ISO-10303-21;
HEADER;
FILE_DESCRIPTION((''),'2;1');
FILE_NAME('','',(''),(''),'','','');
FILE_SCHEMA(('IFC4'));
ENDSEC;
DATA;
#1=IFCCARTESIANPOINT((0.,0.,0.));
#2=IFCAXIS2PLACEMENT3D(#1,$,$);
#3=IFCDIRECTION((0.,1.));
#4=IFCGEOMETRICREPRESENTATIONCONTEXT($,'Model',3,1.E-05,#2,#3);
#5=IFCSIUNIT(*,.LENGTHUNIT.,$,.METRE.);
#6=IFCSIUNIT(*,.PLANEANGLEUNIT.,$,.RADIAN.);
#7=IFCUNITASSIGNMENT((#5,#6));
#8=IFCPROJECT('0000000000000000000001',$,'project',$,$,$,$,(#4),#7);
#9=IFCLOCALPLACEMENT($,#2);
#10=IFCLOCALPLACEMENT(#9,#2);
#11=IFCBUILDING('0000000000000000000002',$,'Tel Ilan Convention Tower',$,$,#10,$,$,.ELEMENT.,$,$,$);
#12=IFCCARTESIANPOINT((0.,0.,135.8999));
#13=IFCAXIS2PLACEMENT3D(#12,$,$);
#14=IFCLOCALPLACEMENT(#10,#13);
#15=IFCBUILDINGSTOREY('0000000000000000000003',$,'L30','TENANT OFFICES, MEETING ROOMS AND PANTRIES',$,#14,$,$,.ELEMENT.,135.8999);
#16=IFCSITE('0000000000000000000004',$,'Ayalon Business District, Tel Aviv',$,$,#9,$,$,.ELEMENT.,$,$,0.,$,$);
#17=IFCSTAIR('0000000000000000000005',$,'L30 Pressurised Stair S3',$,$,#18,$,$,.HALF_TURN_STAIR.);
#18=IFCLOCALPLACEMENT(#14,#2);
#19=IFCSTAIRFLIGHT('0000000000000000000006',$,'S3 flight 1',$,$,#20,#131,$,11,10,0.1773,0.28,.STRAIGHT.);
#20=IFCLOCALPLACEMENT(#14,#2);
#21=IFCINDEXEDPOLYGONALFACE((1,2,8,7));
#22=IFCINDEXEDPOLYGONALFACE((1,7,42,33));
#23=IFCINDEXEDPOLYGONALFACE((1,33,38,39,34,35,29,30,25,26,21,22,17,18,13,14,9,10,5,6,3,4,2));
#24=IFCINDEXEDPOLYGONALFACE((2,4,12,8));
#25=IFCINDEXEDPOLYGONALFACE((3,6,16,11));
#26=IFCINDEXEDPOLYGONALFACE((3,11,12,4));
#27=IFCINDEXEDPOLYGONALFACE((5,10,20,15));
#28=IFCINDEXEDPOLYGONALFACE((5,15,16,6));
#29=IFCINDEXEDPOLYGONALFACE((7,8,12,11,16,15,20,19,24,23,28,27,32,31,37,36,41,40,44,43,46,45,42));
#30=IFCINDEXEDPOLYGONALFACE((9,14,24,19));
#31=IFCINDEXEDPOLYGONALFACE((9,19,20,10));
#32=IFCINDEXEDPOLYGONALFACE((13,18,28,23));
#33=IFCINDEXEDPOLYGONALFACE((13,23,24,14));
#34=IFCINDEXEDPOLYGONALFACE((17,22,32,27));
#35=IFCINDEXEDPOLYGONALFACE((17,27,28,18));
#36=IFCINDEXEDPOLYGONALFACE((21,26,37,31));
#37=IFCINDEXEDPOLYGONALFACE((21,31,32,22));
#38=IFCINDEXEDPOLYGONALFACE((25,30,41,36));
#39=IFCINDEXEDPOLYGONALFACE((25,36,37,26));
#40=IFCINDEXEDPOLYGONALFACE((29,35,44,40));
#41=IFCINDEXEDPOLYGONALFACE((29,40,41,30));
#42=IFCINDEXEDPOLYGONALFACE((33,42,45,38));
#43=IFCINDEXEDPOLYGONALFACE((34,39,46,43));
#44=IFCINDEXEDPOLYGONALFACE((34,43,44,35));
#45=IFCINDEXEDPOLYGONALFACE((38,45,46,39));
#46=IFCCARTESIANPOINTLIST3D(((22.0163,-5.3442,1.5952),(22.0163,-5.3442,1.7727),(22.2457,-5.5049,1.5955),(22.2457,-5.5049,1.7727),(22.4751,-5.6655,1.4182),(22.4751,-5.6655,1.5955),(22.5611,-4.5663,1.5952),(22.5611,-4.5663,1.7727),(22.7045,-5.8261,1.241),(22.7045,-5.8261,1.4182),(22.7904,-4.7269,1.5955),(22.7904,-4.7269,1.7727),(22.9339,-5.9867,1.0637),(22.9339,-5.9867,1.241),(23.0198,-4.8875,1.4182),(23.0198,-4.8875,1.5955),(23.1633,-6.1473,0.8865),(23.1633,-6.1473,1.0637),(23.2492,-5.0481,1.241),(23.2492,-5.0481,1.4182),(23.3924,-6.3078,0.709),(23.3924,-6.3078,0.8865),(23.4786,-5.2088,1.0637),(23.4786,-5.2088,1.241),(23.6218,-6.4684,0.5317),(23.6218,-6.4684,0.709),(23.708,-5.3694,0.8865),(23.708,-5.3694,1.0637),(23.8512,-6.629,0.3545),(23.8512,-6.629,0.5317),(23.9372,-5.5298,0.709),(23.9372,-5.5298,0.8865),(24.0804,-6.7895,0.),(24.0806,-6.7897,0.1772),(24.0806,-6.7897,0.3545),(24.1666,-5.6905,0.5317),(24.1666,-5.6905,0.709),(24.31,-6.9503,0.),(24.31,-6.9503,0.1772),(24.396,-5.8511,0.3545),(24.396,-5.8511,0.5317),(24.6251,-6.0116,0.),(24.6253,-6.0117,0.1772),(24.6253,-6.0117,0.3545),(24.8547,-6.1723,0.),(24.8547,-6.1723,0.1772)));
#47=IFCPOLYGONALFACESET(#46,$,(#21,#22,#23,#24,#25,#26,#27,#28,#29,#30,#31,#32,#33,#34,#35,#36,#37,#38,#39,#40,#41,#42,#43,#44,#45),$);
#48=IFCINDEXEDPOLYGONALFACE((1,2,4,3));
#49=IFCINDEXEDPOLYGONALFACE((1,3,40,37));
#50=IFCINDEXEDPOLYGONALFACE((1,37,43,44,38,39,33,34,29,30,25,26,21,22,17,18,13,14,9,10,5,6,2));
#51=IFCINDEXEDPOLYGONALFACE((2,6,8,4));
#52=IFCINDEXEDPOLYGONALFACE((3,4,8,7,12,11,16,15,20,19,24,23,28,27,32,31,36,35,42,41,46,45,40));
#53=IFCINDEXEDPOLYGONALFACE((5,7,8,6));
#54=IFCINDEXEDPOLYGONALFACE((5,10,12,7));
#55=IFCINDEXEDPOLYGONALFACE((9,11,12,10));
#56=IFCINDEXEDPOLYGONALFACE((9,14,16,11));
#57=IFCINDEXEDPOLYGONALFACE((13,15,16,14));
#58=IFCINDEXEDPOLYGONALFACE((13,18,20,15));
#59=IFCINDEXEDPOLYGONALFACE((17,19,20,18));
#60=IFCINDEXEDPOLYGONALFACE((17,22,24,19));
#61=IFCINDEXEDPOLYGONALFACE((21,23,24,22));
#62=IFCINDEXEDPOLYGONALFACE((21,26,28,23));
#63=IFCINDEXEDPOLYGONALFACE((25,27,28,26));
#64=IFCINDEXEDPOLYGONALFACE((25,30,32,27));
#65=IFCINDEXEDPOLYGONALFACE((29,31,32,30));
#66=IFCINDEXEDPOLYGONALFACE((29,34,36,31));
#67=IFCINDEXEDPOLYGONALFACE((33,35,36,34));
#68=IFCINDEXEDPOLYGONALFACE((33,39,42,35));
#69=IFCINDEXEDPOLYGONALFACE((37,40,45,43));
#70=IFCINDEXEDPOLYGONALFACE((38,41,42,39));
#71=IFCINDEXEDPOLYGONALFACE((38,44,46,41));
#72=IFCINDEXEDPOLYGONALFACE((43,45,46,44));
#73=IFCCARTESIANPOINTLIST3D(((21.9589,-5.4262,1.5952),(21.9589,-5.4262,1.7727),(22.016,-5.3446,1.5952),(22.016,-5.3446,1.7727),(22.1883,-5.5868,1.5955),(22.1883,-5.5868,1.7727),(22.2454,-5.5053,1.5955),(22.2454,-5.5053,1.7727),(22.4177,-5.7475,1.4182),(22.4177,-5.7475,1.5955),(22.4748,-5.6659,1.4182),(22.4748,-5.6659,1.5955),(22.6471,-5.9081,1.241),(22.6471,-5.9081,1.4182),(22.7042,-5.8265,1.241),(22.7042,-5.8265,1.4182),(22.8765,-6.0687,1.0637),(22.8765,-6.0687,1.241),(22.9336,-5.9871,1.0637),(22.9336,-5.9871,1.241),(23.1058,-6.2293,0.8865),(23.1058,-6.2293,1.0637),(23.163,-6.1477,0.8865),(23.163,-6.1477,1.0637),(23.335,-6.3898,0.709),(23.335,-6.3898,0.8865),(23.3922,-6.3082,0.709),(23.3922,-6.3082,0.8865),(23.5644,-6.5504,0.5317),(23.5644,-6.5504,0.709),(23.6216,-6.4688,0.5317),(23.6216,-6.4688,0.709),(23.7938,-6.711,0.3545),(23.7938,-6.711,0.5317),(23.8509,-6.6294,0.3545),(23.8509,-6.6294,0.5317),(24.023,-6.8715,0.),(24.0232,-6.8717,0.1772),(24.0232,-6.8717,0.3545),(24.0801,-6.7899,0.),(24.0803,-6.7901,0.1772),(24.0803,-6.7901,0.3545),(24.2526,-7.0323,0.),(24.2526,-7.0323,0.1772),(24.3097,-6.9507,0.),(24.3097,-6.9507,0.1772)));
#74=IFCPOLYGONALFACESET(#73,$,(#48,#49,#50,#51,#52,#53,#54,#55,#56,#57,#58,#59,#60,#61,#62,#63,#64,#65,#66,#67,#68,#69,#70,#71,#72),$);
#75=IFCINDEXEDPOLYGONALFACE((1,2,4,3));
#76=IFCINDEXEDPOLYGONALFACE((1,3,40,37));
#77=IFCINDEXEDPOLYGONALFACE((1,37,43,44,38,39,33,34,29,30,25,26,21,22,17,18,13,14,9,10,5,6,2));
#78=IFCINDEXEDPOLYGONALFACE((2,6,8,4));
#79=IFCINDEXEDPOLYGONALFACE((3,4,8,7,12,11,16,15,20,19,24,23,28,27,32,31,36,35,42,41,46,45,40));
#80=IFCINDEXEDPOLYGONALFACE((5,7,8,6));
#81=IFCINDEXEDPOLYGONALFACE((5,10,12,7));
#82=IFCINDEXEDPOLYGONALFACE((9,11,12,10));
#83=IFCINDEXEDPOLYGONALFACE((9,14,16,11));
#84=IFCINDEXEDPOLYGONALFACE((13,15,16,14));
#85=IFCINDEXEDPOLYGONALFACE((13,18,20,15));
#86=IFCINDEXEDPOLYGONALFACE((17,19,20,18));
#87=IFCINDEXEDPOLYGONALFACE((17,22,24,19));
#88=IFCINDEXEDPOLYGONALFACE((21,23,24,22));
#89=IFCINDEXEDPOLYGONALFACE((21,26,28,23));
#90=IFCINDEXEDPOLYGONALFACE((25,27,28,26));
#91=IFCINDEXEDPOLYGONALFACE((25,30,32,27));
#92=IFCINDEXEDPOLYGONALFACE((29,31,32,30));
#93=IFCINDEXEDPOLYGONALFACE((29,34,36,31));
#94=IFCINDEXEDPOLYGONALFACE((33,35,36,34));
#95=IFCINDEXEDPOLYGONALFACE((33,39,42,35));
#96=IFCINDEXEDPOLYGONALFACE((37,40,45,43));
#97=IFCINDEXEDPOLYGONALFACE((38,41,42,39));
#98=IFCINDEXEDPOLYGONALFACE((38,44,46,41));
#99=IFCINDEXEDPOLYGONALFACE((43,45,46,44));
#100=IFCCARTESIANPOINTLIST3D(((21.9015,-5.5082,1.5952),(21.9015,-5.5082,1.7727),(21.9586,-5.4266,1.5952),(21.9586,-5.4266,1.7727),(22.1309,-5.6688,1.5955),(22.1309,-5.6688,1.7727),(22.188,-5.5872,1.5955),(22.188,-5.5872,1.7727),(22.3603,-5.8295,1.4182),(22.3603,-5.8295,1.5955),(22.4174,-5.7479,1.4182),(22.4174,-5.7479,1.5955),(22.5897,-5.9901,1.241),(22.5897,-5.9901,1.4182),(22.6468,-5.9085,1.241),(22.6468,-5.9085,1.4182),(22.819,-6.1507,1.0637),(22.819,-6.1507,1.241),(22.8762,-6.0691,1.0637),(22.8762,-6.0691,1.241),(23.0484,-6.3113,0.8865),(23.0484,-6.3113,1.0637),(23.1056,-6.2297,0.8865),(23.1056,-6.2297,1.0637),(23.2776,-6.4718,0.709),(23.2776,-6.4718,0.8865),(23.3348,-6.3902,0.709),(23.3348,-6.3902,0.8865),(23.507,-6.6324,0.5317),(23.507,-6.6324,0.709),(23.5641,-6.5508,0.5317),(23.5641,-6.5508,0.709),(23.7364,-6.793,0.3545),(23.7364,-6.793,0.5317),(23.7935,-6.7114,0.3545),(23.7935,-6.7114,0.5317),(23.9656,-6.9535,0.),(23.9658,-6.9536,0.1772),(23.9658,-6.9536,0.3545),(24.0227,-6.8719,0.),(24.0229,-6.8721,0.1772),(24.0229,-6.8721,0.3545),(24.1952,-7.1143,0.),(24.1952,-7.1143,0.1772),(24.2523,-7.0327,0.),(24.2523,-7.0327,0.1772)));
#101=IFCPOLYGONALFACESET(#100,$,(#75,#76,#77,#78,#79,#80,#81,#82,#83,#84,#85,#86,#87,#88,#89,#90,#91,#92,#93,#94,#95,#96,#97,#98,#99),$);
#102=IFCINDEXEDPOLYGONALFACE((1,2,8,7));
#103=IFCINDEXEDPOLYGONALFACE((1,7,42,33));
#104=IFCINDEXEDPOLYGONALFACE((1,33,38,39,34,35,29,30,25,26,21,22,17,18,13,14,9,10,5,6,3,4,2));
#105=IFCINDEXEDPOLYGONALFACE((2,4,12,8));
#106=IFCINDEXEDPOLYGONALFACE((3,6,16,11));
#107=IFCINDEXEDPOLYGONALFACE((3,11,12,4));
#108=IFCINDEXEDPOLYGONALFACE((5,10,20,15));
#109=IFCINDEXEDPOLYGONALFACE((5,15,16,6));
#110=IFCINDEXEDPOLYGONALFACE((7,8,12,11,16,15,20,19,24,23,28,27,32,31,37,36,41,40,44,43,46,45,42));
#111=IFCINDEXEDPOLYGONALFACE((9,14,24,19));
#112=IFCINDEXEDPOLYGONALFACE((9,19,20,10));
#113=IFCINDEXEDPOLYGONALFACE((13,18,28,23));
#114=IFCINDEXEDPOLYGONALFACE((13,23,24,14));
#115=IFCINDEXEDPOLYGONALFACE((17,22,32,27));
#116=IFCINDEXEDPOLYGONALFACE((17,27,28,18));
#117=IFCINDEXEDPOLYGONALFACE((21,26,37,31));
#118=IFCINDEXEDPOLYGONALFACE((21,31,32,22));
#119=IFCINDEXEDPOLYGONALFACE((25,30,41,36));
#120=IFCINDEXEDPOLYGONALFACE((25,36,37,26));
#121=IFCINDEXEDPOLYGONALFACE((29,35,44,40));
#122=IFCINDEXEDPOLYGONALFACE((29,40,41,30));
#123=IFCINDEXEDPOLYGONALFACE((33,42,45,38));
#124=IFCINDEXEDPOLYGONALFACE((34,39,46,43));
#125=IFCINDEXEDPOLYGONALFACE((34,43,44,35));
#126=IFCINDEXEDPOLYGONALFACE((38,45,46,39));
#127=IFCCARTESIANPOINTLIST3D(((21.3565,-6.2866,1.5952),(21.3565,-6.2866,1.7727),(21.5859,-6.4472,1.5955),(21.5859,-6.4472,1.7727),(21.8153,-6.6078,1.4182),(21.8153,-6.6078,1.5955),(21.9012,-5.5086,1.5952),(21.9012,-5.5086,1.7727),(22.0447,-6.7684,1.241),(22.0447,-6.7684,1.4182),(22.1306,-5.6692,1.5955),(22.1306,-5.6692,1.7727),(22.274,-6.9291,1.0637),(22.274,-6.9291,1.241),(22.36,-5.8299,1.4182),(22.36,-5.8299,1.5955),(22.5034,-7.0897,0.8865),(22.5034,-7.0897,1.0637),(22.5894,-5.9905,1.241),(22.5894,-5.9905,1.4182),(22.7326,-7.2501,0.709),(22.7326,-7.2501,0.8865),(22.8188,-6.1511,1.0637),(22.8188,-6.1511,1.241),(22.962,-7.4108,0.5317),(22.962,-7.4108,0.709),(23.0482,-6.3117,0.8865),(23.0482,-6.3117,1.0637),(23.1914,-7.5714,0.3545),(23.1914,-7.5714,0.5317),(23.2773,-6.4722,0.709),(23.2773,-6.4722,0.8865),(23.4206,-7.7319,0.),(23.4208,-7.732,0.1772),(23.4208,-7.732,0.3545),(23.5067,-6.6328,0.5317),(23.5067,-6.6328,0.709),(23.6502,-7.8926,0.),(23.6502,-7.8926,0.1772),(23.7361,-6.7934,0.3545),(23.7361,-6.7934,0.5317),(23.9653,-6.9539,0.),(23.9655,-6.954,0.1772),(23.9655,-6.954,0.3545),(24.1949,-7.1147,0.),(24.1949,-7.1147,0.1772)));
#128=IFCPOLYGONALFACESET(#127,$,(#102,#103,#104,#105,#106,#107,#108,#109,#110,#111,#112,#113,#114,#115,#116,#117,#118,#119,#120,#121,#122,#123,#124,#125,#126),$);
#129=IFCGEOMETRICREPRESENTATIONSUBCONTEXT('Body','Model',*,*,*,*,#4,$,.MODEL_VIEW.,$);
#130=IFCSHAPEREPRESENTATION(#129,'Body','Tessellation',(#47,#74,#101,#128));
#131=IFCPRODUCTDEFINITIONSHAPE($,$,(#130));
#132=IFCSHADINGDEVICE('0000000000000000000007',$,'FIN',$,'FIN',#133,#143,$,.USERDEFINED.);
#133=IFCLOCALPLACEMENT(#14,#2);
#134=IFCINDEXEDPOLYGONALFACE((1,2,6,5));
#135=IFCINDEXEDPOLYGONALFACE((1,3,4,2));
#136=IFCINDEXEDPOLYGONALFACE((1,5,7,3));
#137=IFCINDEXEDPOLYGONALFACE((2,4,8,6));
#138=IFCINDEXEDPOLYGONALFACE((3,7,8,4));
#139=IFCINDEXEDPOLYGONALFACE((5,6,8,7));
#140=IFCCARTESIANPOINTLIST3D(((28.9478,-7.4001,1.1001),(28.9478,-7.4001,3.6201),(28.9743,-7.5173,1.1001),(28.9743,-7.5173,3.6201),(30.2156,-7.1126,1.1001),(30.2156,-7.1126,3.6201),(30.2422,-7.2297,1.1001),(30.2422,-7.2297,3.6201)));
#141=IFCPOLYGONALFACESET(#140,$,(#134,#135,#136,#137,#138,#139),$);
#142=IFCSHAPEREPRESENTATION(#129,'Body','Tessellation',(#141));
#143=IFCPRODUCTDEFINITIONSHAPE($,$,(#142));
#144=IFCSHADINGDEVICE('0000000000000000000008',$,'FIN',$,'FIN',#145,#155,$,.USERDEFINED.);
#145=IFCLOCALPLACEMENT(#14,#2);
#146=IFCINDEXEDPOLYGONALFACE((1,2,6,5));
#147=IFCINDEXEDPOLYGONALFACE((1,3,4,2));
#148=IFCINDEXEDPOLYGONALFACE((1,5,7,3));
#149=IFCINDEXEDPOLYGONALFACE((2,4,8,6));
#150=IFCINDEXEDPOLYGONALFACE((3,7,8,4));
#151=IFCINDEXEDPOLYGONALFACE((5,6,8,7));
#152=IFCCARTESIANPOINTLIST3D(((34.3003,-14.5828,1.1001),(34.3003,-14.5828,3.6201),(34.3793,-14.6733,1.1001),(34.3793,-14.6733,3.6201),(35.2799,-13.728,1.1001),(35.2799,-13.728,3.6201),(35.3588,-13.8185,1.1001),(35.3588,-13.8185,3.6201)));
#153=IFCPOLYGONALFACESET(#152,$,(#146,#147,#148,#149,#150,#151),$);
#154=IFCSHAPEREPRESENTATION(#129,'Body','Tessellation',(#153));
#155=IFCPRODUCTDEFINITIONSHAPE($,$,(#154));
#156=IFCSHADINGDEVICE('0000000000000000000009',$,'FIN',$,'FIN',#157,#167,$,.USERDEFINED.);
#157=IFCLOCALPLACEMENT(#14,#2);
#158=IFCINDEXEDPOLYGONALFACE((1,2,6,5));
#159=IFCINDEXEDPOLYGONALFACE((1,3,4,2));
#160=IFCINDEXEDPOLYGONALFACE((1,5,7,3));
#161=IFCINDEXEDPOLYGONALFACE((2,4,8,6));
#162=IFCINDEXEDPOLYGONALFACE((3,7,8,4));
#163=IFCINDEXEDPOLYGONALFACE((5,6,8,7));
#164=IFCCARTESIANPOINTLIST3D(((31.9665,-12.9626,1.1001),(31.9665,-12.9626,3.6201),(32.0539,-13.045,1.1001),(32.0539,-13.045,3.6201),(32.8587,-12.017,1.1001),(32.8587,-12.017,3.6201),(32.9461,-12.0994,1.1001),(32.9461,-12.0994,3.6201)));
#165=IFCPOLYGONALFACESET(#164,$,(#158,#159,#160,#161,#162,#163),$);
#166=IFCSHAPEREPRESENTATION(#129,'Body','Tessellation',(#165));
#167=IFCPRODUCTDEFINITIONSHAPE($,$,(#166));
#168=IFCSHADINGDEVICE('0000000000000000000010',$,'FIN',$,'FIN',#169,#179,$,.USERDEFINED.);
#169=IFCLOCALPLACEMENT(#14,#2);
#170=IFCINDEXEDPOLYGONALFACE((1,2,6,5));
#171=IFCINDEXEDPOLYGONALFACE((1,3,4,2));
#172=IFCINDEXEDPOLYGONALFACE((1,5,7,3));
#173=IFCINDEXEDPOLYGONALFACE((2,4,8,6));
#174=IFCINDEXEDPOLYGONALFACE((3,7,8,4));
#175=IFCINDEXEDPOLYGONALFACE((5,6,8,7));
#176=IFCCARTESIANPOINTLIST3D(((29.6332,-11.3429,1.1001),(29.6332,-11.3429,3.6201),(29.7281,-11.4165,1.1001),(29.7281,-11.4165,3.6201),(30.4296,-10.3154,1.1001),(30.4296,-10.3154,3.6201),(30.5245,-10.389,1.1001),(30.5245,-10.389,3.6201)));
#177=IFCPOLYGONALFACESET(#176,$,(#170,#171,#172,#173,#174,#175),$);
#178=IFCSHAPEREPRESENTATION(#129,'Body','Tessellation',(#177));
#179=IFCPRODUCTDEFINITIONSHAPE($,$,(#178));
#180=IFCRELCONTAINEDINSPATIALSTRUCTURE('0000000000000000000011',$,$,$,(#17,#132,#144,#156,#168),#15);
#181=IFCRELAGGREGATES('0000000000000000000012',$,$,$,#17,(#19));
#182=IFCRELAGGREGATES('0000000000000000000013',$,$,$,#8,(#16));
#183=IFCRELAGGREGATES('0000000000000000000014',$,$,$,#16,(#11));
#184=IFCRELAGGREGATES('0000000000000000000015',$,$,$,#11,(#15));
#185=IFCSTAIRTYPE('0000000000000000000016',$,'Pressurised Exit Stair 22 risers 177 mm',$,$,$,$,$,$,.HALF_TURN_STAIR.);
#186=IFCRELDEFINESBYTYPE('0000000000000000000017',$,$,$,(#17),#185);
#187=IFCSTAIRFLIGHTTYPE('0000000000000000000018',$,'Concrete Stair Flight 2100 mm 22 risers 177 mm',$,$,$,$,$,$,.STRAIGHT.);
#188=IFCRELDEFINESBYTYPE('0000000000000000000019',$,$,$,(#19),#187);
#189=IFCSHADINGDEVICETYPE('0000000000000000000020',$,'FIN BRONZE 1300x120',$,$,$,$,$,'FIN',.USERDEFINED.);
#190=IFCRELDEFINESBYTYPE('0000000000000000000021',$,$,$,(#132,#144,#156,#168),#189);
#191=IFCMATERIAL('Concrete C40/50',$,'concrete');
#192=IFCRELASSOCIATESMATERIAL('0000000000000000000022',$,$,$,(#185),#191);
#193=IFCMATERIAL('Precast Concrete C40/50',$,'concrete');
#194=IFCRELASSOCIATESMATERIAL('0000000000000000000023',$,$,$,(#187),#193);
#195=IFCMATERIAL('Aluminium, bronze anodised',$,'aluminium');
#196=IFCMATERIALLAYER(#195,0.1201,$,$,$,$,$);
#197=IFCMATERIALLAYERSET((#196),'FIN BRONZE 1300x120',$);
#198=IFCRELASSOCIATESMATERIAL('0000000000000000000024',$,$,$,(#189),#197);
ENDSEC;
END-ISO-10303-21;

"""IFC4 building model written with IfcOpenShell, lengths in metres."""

from ifc_helpers import new_model, si_unit, direction, frame, origin, origin_2d, place, context, subcontext, project, spatial, polyline, rectangle, outline, extrude, material, layer, layer_set, type_object, element, aggregate, save


model = new_model("IFC4")

# Units and contexts
model_context = context("Model", 3, precision=1e-05, world=origin(), true_north=direction((0.0, 1.0)))
body_context = subcontext(model_context, "Body", "Model", "MODEL_VIEW")
ifc_project = project(units=[si_unit("LENGTHUNIT", "METRE"), si_unit("PLANEANGLEUNIT", "RADIAN")], contexts=[model_context])

# Site, building, storey
site_placement = place(None, origin())
site = spatial("IfcSite", under=ifc_project, at=site_placement, Name="Ayalon Business District, Tel Aviv", CompositionType="ELEMENT", RefElevation=0.0)
building_placement = place(site_placement, origin())
building = spatial("IfcBuilding", under=site, at=building_placement, Name="Tel Ilan Convention Tower", CompositionType="ELEMENT")
storey_placement = place(building_placement, frame((0.0, 0.0, 135.8999)))
storey = spatial("IfcBuildingStorey", under=building, at=storey_placement, Name="L30", Description="TENANT OFFICES, MEETING ROOMS AND PANTRIES", CompositionType="ELEMENT", Elevation=135.8999)

# Stair, stair flight
ifc_material_1 = material(Name="Concrete C40/50", Category="concrete")
stair_type = type_object("IfcStairType", Name="Pressurised Exit Stair 22 risers 177 mm", PredefinedType="HALF_TURN_STAIR", material=ifc_material_1)
stair_placement = place(storey_placement, origin())
stair = element("IfcStair", 1, at=stair_placement, inside=storey, type_object=stair_type, Name="L30 Pressurised Stair S3", PredefinedType="HALF_TURN_STAIR")
ifc_material_2 = material(Name="Precast Concrete C40/50", Category="concrete")
stair_flight_type = type_object("IfcStairFlightType", Name="Concrete Stair Flight 2100 mm 22 risers 177 mm", PredefinedType="STRAIGHT", material=ifc_material_2)
stair_flight_placement = place(storey_placement, frame((24.2524, -7.0325, 0.0), z_axis=(0.0, 0.0, 1.0), x_axis=(-0.819152, 0.573576, 0.0)))
stair_flight = element("IfcStairFlight", 2, at=stair_flight_placement, type_object=stair_flight_type, Name="S3 flight 1", NumberOfRisers=11, NumberOfTreads=10, PredefinedType="STRAIGHT", RiserHeight=0.1773, TreadLength=0.28, context=body_context, shape_type="SweptSolid", body=[
    extrude(outline(polyline([(0.0, 0.0), (0.0, 0.1772), (0.28, 0.1772), (0.28, 0.3545), (0.5601, 0.3545), (0.5601, 0.5317), (0.8401, 0.5317), (0.8401, 0.709), (1.1201, 0.709), (1.1201, 0.8865), (1.3999, 0.8865), (1.3999, 1.0637), (1.6799, 1.0637), (1.6799, 1.241), (1.96, 1.241), (1.96, 1.4182), (2.24, 1.4182), (2.24, 1.5955), (2.52, 1.5955), (2.52, 1.7727), (2.8, 1.7727), (2.8, 1.95), (2.8, 1.5952), (0.2803, 0.0), (0.0, 0.0)])), frame((0.0, -0.1003, 0.0), z_axis=(0.0, -1.0, 0.0), x_axis=(1.0, 0.0, 0.0)), (0.0, 0.0, 1.0), 0.9497),
    extrude(outline(polyline([(0.0, 0.0), (0.0, 0.1772), (0.28, 0.1772), (0.28, 0.3545), (0.5601, 0.3545), (0.5601, 0.5317), (0.8401, 0.5317), (0.8401, 0.709), (1.1201, 0.709), (1.1201, 0.8865), (1.3999, 0.8865), (1.3999, 1.0637), (1.6799, 1.0637), (1.6799, 1.241), (1.96, 1.241), (1.96, 1.4182), (2.24, 1.4182), (2.24, 1.5955), (2.52, 1.5955), (2.52, 1.7727), (2.8, 1.7727), (2.8, 1.95), (2.8, 1.5952), (0.2803, 0.0), (0.0, 0.0)])), frame((0.0, -0.0002, 0.0), z_axis=(0.0, -1.0, 0.0), x_axis=(1.0, 0.0, 0.0)), (0.0, 0.0, 1.0), 0.0996),
    extrude(outline(polyline([(0.0, 0.0), (0.0, 0.1772), (0.28, 0.1772), (0.28, 0.3545), (0.5601, 0.3545), (0.5601, 0.5317), (0.8401, 0.5317), (0.8401, 0.709), (1.1201, 0.709), (1.1201, 0.8865), (1.3999, 0.8865), (1.3999, 1.0637), (1.6799, 1.0637), (1.6799, 1.241), (1.96, 1.241), (1.96, 1.4182), (2.24, 1.4182), (2.24, 1.5955), (2.52, 1.5955), (2.52, 1.7727), (2.8, 1.7727), (2.8, 1.95), (2.8, 1.5952), (0.2803, 0.0), (0.0, 0.0)])), frame((0.0, 0.0999, 0.0), z_axis=(0.0, -1.0, 0.0), x_axis=(1.0, 0.0, 0.0)), (0.0, 0.0, 1.0), 0.0996),
    extrude(outline(polyline([(0.0, 0.0), (0.0, 0.1772), (0.28, 0.1772), (0.28, 0.3545), (0.5601, 0.3545), (0.5601, 0.5317), (0.8401, 0.5317), (0.8401, 0.709), (1.1201, 0.709), (1.1201, 0.8865), (1.3999, 0.8865), (1.3999, 1.0637), (1.6799, 1.0637), (1.6799, 1.241), (1.96, 1.241), (1.96, 1.4182), (2.24, 1.4182), (2.24, 1.5955), (2.52, 1.5955), (2.52, 1.7727), (2.8, 1.7727), (2.8, 1.95), (2.8, 1.5952), (0.2803, 0.0), (0.0, 0.0)])), frame((0.0, 1.05, 0.0), z_axis=(0.0, -1.0, 0.0), x_axis=(1.0, 0.0, 0.0)), (0.0, 0.0, 1.0), 0.9497),
])
aggregate(stair, [stair_flight])

# Shading devices
ifc_material_3 = material(Name="Aluminium, bronze anodised", Category="aluminium")
ifc_layer_1 = layer(ifc_material_3, 0.1201)
ifc_layer_set_1 = layer_set([ifc_layer_1], Name="FIN BRONZE 1300x120")
shading_device_type = type_object("IfcShadingDeviceType", Name="FIN BRONZE 1300x120", ElementType="FIN", PredefinedType="USERDEFINED", material=ifc_layer_set_1)
for number, where, z_axis, x_axis, name in (
    (3, (29.595, -7.3149, 1.1001), (0.0, 0.0, 1.0), (0.975235, 0.22117, 0.0), "FIN"),
    (4, (34.8296, -14.2007, 1.1001), (0.0, 0.0, 1.0), (0.753436, 0.657521, 0.0), "FIN"),
    (5, (32.4563, -12.531, 1.1001), (0.0, 0.0, 1.0), (0.686242, 0.727374, 0.0), "FIN"),
    (6, (30.0789, -10.866, 1.1001), (0.0, 0.0, 1.0), (0.612601, 0.790393, 0.0), "FIN"),
):
    element("IfcShadingDevice", number, at=place(storey_placement, frame(where, z_axis=z_axis, x_axis=x_axis)), inside=storey, type_object=shading_device_type, Name=name, ObjectType="FIN", PredefinedType="USERDEFINED", context=body_context, shape_type="SweptSolid", body=[
        extrude(rectangle(XDim=1.3, YDim=0.1201, at=origin_2d()), origin(), (0.0, 0.0, 1.0), 2.52),
    ])

save(model, "model.ifc")
